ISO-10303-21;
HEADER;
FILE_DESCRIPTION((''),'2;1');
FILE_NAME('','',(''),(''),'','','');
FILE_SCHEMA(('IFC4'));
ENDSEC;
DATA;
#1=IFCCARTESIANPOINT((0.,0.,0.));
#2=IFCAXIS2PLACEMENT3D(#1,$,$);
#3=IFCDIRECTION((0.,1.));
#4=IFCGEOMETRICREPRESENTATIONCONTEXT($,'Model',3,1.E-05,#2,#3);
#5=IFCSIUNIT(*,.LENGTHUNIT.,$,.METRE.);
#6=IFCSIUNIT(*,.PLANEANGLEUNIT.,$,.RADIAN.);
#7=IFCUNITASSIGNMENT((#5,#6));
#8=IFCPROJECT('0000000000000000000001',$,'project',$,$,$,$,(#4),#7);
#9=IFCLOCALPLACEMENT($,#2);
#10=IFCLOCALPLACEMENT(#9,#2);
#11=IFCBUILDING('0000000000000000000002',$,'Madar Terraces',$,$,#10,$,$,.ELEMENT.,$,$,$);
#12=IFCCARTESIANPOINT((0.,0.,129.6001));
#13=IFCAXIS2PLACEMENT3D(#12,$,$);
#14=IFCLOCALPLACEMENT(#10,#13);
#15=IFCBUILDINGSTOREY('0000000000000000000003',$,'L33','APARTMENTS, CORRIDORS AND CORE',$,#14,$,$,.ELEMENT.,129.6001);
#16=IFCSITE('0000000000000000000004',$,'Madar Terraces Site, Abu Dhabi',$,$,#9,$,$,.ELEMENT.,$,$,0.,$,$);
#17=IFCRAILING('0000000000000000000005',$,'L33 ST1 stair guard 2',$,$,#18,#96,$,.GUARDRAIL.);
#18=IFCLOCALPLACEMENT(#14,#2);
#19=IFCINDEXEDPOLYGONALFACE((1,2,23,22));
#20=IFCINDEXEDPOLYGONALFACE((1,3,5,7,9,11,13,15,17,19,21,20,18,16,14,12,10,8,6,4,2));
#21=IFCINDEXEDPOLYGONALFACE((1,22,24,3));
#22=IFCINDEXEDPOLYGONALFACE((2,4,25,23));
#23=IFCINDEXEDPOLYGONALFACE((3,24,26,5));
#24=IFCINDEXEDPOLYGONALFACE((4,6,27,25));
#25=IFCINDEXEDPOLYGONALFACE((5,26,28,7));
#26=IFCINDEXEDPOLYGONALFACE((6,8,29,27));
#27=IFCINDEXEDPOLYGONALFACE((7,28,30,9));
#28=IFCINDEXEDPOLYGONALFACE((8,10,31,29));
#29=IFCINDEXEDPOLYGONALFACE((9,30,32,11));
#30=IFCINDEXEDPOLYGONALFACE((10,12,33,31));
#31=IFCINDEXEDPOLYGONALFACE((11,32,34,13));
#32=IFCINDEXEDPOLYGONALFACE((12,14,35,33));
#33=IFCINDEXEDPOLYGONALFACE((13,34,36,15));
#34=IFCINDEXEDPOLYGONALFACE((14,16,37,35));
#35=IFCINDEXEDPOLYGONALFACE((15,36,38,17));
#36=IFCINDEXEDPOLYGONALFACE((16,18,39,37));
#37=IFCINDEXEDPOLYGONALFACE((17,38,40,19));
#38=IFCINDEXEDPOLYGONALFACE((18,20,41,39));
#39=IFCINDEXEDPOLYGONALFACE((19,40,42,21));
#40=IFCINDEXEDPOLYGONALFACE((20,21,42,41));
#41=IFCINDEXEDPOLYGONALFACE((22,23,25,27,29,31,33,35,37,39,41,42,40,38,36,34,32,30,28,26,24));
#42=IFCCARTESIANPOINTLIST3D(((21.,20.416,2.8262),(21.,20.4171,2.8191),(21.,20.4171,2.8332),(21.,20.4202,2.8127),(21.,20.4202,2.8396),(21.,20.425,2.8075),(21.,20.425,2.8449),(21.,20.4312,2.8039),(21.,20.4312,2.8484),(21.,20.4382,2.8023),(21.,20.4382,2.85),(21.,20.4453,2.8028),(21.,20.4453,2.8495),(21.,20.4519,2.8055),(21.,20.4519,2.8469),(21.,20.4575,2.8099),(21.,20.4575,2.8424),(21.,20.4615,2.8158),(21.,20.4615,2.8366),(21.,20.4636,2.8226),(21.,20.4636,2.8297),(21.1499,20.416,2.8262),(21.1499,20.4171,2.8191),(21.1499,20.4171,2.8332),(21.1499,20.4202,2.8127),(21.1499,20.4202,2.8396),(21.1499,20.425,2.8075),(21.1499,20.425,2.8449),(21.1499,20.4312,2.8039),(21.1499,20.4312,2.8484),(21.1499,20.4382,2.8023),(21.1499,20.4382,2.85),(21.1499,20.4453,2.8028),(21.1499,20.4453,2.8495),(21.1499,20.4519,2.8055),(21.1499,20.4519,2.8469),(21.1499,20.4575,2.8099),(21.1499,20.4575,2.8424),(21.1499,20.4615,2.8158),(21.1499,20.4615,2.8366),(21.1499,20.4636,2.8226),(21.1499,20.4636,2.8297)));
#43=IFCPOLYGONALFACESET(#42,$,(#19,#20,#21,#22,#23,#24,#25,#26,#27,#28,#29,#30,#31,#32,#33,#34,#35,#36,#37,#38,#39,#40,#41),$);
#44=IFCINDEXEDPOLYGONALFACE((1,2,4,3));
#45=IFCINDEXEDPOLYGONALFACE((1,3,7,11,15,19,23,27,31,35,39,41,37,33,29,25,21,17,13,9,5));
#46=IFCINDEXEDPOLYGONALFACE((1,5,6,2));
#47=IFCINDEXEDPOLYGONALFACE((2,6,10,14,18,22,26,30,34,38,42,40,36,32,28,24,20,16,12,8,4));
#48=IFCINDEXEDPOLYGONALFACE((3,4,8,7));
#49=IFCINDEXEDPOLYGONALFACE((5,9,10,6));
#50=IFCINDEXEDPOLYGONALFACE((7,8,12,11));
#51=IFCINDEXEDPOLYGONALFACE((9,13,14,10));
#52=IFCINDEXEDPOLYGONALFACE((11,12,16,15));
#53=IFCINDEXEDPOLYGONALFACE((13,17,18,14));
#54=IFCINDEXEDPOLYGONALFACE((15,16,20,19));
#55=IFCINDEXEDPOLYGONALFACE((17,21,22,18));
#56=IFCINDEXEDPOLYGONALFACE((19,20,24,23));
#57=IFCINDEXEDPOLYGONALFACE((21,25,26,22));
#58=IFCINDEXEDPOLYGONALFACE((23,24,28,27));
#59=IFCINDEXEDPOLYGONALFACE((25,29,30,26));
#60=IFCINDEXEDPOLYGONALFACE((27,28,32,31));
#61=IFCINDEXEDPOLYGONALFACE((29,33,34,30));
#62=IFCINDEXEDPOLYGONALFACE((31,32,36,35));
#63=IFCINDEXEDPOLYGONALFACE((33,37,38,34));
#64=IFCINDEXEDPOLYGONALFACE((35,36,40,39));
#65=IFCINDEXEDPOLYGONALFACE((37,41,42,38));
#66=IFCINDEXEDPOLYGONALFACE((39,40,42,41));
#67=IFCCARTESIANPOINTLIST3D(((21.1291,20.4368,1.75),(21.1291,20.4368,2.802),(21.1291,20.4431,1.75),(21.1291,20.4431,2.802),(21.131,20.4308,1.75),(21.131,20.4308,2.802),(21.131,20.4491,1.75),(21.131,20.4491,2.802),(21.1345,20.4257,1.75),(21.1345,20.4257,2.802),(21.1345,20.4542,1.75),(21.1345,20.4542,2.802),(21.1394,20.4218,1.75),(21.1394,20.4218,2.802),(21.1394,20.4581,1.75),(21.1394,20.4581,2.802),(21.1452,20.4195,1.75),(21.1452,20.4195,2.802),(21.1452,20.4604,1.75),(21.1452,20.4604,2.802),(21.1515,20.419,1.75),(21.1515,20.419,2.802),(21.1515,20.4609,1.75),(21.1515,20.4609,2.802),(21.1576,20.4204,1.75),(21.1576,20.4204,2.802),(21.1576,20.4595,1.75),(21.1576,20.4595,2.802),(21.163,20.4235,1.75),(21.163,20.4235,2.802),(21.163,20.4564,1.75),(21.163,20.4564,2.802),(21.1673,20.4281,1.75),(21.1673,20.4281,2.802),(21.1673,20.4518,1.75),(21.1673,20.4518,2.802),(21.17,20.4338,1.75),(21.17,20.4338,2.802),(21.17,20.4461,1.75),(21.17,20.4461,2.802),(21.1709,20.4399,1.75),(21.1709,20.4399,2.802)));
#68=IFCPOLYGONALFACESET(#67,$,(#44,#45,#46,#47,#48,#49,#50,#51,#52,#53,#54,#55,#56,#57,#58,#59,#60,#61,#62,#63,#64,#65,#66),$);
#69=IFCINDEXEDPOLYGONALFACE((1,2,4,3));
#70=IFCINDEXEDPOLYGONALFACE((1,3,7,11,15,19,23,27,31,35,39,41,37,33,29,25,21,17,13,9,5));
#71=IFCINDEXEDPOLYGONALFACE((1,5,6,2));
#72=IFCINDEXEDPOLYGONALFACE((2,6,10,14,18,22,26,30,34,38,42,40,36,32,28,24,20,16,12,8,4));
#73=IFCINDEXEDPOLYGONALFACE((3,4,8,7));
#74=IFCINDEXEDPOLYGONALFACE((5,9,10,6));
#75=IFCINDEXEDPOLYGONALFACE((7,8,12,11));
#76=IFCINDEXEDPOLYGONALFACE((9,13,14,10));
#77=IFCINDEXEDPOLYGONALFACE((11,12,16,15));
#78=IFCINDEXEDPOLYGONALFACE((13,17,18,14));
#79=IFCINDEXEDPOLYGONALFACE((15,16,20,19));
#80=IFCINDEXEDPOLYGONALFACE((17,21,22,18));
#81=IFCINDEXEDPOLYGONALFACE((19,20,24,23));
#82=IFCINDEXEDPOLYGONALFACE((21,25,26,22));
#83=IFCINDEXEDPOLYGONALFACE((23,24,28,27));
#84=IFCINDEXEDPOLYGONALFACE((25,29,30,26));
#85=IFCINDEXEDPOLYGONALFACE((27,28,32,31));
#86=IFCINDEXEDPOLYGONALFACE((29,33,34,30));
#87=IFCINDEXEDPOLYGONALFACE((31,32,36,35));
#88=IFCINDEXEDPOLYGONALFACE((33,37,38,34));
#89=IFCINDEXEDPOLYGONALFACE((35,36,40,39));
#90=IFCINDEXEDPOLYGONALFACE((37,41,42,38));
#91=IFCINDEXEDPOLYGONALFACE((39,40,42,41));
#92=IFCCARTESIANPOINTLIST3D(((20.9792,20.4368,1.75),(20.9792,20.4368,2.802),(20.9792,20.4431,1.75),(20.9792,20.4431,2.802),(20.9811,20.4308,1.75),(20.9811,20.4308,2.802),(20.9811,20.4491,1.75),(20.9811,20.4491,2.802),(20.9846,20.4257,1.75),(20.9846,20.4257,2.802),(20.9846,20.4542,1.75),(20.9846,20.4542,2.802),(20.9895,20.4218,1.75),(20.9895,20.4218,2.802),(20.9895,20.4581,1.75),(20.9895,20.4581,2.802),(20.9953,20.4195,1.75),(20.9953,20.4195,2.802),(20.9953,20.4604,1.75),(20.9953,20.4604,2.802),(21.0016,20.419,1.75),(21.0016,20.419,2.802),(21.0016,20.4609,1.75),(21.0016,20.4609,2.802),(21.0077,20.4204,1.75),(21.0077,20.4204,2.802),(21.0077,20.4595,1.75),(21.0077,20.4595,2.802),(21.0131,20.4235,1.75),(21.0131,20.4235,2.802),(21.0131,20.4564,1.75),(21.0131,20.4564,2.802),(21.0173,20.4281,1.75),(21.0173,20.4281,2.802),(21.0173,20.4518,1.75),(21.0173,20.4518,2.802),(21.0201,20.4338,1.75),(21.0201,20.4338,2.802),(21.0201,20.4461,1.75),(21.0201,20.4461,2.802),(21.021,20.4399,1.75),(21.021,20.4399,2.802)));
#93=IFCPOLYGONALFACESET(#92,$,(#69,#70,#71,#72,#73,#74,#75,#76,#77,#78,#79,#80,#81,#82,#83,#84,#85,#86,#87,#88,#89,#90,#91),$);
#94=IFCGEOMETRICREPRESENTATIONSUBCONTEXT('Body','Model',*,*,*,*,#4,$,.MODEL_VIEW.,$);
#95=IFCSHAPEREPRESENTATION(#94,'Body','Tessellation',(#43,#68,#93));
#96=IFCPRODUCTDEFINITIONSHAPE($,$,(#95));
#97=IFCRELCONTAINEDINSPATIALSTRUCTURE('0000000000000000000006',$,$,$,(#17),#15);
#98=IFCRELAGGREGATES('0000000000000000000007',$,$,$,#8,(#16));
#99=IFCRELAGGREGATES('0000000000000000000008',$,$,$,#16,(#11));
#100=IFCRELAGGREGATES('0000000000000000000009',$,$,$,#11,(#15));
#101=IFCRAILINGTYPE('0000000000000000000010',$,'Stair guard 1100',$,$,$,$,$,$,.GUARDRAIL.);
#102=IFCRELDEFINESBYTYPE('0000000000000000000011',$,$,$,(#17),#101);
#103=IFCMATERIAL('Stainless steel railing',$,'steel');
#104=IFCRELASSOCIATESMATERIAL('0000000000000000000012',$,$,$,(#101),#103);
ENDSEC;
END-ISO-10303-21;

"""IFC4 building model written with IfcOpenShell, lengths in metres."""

from ifc_helpers import new_model, si_unit, direction, frame, origin, origin_2d, place, context, subcontext, project, spatial, circle, extrude, material, type_object, element, save


model = new_model("IFC4")

# Units and contexts
model_context = context("Model", 3, precision=1e-05, world=origin(), true_north=direction((0.0, 1.0)))
body_context = subcontext(model_context, "Body", "Model", "MODEL_VIEW")
ifc_project = project(units=[si_unit("LENGTHUNIT", "METRE"), si_unit("PLANEANGLEUNIT", "RADIAN")], contexts=[model_context])

# Site, building, storey
site_placement = place(None, origin())
site = spatial("IfcSite", under=ifc_project, at=site_placement, Name="Madar Terraces Site, Abu Dhabi", CompositionType="ELEMENT", RefElevation=0.0)
building_placement = place(site_placement, origin())
building = spatial("IfcBuilding", under=site, at=building_placement, Name="Madar Terraces", CompositionType="ELEMENT")
storey_placement = place(building_placement, frame((0.0, 0.0, 129.6001)))
storey = spatial("IfcBuildingStorey", under=building, at=storey_placement, Name="L33", Description="APARTMENTS, CORRIDORS AND CORE", CompositionType="ELEMENT", Elevation=129.6001)

# Railing
ifc_material_1 = material(Name="Stainless steel railing", Category="steel")
railing_type_1 = type_object("IfcRailingType", Name="Stair guard 1100", PredefinedType="GUARDRAIL", material=ifc_material_1)
railing_1_placement = place(storey_placement, frame((21.1499, 20.4399, 1.75)))
element("IfcRailing", 1, at=railing_1_placement, inside=storey, type_object=railing_type_1, Name="L33 ST1 stair guard 2", PredefinedType="GUARDRAIL", context=body_context, shape_type="SweptSolid", body=[
    extrude(circle(Radius=0.0239, at=origin_2d()), frame((0.0, 0.0, 1.0762), z_axis=(-1.0, 0.0, 0.0), x_axis=(0.0, -1.0, 0.0)), (0.0, 0.0, 1.0), 0.1499),
    extrude(circle(Radius=0.021, at=origin_2d()), origin(), (0.0, 0.0, 1.0), 1.052),
    extrude(circle(Radius=0.021, at=origin_2d()), frame((-0.1499, 0.0, 0.0)), (0.0, 0.0, 1.0), 1.052),
])

save(model, "model.ifc")
